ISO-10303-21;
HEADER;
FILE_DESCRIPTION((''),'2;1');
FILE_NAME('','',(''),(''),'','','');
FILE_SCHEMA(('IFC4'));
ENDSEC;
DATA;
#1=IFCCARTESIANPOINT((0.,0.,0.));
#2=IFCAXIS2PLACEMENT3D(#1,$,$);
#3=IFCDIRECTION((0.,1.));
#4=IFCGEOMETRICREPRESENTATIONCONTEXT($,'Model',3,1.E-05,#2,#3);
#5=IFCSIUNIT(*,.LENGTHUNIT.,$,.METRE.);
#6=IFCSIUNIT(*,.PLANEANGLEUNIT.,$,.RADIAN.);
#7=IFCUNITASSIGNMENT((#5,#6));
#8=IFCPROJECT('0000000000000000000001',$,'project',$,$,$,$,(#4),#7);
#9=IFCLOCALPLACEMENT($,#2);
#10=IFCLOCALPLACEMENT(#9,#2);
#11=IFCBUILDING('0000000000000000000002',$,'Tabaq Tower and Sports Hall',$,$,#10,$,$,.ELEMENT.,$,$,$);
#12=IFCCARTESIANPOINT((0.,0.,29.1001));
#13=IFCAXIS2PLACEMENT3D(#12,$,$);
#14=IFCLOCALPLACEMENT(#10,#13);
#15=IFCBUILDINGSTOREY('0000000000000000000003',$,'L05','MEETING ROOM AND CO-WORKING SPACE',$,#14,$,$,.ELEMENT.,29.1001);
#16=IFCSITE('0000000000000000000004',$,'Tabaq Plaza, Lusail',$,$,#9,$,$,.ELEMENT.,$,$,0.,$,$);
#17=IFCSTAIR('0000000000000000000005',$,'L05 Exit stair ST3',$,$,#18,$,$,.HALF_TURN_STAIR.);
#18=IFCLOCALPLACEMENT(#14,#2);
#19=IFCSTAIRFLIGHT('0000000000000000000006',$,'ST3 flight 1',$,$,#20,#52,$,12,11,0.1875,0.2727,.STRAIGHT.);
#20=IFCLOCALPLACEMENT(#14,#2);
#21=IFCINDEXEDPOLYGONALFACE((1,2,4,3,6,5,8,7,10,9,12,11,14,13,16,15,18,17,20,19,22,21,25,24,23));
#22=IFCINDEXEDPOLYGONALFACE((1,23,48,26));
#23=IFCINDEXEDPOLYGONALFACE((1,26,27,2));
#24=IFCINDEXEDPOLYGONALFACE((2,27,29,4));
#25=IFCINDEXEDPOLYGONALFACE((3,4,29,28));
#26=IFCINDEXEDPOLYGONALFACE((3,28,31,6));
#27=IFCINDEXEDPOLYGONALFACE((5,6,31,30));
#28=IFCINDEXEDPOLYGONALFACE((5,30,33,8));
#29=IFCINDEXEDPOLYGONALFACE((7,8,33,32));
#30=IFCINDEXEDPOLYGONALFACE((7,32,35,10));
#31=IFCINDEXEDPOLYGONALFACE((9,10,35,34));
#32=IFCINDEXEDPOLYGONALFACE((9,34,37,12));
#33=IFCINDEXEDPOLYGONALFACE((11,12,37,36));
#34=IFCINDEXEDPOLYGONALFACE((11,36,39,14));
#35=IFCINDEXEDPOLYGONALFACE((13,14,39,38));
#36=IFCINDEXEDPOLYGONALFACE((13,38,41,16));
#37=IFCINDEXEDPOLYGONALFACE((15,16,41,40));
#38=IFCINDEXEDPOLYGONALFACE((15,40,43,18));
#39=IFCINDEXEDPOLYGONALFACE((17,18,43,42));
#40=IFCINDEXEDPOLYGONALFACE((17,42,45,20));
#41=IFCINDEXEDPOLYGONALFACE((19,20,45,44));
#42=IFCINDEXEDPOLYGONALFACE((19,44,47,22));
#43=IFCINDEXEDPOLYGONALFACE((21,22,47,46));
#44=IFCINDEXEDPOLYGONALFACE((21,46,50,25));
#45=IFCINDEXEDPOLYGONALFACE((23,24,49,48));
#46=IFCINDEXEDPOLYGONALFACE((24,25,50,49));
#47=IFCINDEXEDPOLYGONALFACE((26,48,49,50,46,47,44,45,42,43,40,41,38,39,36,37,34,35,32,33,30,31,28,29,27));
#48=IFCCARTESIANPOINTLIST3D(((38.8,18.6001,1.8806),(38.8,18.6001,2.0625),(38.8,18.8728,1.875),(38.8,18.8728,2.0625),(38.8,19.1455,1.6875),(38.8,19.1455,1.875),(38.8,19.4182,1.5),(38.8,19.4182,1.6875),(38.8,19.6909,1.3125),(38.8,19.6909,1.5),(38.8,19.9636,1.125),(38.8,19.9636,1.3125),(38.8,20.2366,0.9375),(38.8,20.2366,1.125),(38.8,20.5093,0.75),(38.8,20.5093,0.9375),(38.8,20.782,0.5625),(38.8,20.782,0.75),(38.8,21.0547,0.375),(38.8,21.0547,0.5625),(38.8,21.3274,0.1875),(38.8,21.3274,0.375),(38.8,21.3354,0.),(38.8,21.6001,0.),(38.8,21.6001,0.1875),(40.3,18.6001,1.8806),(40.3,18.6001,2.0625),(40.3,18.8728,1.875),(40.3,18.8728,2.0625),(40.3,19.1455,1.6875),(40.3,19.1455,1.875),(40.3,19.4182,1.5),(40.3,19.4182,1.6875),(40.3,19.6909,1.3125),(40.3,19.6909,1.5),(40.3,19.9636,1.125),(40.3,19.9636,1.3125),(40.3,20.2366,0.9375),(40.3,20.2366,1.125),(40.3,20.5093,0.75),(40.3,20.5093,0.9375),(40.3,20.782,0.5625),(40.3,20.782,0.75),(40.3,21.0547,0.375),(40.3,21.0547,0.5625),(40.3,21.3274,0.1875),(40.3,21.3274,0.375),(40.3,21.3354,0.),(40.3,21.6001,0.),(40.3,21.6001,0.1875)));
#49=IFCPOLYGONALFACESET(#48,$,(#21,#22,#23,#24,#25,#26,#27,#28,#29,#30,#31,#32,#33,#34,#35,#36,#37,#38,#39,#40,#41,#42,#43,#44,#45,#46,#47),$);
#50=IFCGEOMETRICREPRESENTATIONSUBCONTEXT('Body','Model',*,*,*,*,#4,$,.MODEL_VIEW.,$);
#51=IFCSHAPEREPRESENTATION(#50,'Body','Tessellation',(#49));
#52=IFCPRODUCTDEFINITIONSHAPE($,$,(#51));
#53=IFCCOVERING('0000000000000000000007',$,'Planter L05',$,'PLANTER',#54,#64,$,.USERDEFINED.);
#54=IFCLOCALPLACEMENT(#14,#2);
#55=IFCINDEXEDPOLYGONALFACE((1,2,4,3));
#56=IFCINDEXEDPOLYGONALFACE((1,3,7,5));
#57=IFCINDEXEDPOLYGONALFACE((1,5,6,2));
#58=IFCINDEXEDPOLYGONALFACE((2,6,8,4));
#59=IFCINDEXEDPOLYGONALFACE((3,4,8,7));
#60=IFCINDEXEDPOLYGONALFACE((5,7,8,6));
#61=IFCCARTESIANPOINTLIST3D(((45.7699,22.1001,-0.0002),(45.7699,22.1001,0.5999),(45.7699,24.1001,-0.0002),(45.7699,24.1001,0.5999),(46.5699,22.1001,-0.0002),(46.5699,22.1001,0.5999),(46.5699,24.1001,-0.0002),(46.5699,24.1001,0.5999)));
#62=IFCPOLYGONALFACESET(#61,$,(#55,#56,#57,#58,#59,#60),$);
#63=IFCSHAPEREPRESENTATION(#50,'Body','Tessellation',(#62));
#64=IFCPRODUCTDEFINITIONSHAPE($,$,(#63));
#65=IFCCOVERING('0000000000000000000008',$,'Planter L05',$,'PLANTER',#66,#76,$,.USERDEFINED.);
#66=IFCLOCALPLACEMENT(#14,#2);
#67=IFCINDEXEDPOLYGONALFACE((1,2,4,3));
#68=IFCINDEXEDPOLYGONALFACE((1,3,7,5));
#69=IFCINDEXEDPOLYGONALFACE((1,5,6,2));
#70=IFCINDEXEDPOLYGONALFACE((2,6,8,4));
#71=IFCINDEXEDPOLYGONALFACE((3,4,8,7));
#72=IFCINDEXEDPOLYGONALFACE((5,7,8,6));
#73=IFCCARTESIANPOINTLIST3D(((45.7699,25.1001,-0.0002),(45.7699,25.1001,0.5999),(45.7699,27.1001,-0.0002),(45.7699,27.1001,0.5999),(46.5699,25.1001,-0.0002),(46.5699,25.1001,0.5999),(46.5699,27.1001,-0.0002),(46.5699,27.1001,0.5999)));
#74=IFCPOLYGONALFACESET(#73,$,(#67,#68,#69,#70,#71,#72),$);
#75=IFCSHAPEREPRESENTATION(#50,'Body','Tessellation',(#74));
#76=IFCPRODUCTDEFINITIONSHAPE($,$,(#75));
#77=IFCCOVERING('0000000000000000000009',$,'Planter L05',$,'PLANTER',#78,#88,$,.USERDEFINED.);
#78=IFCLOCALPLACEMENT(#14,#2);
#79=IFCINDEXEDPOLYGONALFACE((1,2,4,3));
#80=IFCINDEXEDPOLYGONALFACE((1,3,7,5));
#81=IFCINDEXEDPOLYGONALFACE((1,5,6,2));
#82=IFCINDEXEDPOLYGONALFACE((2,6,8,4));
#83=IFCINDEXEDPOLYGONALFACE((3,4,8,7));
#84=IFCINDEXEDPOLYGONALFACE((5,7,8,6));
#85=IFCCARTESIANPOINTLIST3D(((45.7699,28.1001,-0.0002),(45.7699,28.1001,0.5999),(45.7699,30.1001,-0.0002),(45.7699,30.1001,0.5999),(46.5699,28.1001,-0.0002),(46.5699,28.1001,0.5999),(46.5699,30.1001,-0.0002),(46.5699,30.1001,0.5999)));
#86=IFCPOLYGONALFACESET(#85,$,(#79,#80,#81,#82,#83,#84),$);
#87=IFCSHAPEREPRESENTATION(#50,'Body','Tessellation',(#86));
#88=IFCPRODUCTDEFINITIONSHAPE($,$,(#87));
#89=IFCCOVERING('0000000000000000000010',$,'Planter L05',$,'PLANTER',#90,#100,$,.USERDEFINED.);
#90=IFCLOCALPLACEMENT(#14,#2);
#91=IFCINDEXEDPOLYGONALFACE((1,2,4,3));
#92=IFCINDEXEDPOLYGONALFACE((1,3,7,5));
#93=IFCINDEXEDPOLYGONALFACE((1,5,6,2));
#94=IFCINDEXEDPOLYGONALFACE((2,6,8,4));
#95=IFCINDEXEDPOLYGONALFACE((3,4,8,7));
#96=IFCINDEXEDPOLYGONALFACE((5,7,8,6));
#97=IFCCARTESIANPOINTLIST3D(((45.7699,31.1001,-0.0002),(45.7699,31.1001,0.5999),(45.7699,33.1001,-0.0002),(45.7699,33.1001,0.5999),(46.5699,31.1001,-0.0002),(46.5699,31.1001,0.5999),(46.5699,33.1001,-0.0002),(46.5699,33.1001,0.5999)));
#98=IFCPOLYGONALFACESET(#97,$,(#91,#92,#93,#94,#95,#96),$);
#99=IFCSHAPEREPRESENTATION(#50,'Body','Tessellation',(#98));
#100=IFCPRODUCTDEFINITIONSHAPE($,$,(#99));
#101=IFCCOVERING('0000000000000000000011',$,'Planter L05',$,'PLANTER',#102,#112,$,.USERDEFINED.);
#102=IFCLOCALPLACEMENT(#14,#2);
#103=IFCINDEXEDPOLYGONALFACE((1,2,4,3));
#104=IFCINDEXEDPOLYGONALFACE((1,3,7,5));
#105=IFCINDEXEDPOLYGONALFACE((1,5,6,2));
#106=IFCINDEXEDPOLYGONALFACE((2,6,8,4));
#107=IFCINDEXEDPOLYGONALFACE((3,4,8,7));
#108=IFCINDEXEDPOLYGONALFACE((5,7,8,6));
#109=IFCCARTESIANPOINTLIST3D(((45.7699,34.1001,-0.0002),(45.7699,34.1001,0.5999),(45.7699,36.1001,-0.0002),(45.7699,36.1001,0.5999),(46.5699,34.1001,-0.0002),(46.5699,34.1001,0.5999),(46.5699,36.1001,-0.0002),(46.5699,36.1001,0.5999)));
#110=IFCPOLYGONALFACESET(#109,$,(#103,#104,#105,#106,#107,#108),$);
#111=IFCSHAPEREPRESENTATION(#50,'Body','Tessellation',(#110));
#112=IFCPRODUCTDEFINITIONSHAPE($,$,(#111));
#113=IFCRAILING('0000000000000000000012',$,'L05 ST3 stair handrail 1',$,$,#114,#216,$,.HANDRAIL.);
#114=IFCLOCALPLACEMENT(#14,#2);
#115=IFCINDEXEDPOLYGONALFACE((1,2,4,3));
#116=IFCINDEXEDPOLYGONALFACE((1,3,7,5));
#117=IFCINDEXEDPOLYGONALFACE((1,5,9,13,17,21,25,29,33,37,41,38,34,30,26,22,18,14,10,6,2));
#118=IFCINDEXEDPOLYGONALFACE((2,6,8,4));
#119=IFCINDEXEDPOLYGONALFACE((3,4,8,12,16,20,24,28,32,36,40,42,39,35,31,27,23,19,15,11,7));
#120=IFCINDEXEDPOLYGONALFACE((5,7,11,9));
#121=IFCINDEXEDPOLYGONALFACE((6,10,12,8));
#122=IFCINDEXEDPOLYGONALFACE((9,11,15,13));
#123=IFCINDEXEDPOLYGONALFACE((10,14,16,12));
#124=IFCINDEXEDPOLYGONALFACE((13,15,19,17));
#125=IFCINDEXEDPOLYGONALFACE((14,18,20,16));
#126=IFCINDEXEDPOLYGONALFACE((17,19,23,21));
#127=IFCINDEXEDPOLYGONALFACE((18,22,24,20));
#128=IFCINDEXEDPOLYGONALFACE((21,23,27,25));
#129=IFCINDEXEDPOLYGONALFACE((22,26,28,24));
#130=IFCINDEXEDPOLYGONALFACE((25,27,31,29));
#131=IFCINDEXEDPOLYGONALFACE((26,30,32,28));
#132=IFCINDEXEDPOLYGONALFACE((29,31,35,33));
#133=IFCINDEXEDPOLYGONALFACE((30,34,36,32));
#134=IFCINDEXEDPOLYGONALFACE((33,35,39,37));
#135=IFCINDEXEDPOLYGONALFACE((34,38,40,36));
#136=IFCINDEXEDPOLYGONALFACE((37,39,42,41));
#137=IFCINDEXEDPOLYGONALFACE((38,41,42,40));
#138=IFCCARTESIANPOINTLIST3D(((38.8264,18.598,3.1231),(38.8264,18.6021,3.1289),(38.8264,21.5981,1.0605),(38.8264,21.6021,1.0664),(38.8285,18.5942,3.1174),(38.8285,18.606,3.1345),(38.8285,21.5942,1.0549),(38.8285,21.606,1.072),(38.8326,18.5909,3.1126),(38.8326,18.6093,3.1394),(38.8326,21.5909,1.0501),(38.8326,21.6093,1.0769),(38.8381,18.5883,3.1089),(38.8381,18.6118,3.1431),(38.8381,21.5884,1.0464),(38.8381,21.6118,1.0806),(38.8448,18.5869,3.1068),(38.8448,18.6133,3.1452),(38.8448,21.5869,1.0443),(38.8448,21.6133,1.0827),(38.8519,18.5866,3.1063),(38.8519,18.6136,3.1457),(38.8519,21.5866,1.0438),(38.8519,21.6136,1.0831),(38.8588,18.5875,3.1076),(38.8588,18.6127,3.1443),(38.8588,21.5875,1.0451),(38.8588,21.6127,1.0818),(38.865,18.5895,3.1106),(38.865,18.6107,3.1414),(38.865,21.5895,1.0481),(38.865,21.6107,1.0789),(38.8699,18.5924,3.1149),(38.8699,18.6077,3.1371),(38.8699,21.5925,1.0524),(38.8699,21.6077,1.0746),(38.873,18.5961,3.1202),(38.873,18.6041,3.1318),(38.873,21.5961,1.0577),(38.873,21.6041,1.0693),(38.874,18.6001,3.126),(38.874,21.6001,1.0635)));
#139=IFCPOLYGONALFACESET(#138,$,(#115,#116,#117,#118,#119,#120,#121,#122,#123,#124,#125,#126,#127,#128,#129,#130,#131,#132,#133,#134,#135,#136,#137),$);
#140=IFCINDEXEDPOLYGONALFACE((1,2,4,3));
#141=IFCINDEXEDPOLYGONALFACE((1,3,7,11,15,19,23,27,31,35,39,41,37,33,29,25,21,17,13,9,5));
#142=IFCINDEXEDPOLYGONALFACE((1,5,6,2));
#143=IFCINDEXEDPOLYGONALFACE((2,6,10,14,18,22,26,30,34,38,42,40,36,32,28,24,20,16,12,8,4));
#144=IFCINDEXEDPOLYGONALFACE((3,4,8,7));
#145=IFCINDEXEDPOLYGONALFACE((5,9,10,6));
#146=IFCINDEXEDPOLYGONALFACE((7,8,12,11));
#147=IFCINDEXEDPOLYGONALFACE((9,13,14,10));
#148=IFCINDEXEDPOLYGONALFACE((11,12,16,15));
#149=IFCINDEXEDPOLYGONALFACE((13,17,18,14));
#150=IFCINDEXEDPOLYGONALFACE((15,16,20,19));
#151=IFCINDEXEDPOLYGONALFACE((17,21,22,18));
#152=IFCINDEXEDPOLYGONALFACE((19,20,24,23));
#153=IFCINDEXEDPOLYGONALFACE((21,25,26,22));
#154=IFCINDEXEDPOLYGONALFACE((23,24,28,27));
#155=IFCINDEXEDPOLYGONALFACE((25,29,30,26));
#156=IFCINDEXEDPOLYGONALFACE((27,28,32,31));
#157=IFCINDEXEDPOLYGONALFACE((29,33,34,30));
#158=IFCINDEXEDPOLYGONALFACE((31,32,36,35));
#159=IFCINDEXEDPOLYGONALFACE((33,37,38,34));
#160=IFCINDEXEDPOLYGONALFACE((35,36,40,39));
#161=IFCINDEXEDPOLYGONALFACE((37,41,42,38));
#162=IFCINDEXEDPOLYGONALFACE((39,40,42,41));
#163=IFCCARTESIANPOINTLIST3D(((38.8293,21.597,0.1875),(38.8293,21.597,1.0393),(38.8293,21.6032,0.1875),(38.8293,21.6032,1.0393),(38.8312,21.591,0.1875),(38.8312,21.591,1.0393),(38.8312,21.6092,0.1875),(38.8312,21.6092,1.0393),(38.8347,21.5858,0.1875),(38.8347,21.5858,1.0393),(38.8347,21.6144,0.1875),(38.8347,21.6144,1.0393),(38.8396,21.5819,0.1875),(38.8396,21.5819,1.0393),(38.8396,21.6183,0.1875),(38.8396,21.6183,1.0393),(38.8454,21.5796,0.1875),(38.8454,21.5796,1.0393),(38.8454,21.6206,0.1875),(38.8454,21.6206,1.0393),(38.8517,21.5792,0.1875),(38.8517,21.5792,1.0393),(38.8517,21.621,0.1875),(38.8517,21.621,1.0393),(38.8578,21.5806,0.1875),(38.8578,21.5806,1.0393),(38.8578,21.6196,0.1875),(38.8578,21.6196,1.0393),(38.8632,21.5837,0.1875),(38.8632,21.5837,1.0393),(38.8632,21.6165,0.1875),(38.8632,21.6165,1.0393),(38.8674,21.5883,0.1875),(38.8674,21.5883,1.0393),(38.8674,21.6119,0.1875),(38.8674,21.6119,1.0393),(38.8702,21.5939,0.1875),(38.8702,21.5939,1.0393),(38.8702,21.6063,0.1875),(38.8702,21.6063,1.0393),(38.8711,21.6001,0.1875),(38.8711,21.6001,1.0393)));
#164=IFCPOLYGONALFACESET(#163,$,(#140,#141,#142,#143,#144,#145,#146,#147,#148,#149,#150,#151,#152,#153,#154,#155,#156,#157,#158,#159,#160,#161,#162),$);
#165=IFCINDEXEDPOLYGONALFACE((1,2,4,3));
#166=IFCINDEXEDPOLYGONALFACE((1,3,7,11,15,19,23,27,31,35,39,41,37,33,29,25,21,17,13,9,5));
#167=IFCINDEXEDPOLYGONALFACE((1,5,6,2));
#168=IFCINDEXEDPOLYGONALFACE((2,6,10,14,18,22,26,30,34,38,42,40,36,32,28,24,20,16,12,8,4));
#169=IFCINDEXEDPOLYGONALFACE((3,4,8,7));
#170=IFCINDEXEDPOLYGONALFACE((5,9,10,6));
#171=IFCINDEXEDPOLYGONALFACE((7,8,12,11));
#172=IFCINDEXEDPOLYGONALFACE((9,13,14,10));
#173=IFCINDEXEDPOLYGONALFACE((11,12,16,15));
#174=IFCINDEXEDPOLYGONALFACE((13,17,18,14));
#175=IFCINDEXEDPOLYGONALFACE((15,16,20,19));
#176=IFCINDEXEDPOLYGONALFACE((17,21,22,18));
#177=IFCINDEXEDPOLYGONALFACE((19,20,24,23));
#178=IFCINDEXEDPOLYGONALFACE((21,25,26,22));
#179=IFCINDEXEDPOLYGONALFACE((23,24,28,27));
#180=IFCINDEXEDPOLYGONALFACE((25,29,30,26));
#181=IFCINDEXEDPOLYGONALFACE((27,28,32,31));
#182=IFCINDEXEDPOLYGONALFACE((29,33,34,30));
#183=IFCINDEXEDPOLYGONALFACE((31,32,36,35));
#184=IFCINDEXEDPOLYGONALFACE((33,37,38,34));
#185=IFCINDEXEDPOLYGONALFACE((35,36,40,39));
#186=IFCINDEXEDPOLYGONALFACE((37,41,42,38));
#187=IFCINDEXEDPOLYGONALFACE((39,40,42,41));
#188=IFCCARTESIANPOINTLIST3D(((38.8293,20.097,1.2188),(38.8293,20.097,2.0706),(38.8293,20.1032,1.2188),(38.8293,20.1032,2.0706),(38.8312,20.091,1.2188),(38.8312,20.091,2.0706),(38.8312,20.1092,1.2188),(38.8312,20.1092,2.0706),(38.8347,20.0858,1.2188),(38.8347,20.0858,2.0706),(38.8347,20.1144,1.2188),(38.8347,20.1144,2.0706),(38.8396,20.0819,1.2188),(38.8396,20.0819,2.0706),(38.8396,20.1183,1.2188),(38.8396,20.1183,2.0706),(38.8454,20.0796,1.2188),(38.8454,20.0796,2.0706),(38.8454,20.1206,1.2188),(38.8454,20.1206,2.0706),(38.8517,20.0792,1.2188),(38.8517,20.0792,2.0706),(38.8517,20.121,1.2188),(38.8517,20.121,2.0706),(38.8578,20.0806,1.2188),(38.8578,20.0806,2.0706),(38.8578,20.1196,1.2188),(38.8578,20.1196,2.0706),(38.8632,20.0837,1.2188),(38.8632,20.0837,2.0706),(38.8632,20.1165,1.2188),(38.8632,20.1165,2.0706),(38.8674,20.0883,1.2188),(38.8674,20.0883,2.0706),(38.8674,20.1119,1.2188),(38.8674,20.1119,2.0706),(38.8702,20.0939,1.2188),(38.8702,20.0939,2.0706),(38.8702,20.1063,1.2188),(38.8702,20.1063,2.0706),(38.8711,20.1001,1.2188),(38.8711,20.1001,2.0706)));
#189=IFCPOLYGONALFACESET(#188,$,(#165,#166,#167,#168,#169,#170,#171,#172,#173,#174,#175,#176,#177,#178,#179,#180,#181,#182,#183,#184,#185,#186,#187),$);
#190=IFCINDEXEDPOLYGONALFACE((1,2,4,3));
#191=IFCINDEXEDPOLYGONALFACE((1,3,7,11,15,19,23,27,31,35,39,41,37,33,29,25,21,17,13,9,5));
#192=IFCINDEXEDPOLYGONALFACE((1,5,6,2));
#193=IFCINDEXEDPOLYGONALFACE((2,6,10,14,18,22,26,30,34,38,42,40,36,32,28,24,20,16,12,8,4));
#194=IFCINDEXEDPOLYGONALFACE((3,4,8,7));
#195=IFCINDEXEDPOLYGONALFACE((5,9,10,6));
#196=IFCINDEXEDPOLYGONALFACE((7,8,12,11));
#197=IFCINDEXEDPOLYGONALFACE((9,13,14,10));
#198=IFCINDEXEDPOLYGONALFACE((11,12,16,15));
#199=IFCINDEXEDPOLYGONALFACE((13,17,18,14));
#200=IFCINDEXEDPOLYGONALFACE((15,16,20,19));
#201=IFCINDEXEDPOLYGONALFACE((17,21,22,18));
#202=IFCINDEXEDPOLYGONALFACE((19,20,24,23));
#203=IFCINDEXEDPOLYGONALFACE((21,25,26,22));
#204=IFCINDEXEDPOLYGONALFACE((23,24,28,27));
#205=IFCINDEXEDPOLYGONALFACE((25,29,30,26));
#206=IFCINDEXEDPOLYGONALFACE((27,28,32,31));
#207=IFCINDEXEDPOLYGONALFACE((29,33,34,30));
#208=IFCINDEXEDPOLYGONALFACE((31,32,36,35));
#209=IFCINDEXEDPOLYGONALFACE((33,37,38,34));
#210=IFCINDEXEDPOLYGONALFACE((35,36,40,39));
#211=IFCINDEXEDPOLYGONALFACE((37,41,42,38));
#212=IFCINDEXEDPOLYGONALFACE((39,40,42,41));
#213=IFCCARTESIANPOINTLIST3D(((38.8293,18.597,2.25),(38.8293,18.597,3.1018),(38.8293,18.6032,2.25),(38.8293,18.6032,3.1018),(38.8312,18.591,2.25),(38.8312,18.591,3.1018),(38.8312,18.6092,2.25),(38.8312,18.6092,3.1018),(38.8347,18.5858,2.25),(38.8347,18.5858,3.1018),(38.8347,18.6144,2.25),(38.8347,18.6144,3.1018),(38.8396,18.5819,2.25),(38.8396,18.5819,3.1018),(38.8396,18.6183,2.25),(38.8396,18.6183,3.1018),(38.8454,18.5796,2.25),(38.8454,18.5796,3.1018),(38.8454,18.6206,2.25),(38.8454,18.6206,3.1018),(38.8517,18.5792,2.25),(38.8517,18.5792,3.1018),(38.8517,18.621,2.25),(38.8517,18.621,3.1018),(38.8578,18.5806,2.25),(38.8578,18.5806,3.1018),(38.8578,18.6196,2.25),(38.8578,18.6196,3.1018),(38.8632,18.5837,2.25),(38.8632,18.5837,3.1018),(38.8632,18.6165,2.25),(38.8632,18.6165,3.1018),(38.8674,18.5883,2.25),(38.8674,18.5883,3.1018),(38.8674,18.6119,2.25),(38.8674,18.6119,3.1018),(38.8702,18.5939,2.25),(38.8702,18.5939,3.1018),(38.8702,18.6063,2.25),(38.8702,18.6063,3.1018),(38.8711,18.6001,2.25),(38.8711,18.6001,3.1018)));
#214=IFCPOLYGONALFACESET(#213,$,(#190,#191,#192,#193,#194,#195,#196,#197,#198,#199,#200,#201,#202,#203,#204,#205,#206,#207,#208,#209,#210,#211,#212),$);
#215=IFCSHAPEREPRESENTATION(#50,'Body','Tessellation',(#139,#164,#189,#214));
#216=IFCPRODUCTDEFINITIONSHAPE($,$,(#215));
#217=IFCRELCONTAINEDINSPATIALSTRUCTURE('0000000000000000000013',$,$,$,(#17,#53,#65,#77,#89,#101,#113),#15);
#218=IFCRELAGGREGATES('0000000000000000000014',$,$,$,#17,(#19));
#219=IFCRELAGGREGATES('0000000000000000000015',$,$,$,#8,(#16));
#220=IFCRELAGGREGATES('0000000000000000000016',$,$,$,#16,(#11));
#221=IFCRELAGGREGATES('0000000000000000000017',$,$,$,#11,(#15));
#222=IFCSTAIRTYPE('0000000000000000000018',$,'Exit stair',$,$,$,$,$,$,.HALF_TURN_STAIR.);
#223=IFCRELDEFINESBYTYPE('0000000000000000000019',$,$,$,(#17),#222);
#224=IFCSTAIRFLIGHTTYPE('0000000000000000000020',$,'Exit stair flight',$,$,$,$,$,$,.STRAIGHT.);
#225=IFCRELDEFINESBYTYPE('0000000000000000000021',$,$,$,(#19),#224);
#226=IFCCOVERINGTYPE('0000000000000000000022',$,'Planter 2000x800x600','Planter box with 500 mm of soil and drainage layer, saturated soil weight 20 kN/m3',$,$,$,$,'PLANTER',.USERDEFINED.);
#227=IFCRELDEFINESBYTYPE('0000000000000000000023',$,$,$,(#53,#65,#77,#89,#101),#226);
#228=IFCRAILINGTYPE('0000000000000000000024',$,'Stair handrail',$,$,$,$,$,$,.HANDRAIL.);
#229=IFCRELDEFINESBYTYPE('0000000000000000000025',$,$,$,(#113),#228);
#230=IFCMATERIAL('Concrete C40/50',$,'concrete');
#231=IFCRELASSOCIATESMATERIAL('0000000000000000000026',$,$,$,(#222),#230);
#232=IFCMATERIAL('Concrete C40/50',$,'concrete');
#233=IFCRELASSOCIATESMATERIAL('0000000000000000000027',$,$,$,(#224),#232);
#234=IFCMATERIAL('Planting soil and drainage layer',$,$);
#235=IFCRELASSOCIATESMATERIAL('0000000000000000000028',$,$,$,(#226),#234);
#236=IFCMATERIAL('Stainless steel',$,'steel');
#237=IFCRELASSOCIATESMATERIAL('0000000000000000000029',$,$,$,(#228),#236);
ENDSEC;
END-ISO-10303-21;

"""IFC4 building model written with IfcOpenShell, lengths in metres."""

from ifc_helpers import new_model, si_unit, direction, frame, origin, origin_2d, place, context, subcontext, project, spatial, polyline, rectangle, circle, outline, extrude, material, type_object, element, aggregate, save


model = new_model("IFC4")

# Units and contexts
model_context = context("Model", 3, precision=1e-05, world=origin(), true_north=direction((0.0, 1.0)))
body_context = subcontext(model_context, "Body", "Model", "MODEL_VIEW")
ifc_project = project(units=[si_unit("LENGTHUNIT", "METRE"), si_unit("PLANEANGLEUNIT", "RADIAN")], contexts=[model_context])

# Site, building, storey
site_placement = place(None, origin())
site = spatial("IfcSite", under=ifc_project, at=site_placement, Name="Tabaq Plaza, Lusail", CompositionType="ELEMENT", RefElevation=0.0)
building_placement = place(site_placement, origin())
building = spatial("IfcBuilding", under=site, at=building_placement, Name="Tabaq Tower and Sports Hall", CompositionType="ELEMENT")
storey_placement = place(building_placement, frame((0.0, 0.0, 29.1001)))
storey = spatial("IfcBuildingStorey", under=building, at=storey_placement, Name="L05", Description="MEETING ROOM AND CO-WORKING SPACE", CompositionType="ELEMENT", Elevation=29.1001)

# Stair, stair flight
ifc_material_1 = material(Name="Concrete C40/50", Category="concrete")
stair_type = type_object("IfcStairType", Name="Exit stair", PredefinedType="HALF_TURN_STAIR", material=ifc_material_1)
stair_placement = place(storey_placement, origin())
stair = element("IfcStair", 1, at=stair_placement, inside=storey, type_object=stair_type, Name="L05 Exit stair ST3", PredefinedType="HALF_TURN_STAIR")
ifc_material_2 = material(Name="Concrete C40/50", Category="concrete")
stair_flight_type = type_object("IfcStairFlightType", Name="Exit stair flight", PredefinedType="STRAIGHT", material=ifc_material_2)
stair_flight_placement = place(storey_placement, frame((39.55, 21.6001, 0.0), z_axis=(0.0, 0.0, 1.0), x_axis=(0.0, -1.0, 0.0)))
stair_flight = element("IfcStairFlight", 2, at=stair_flight_placement, type_object=stair_flight_type, Name="ST3 flight 1", NumberOfRisers=12, NumberOfTreads=11, PredefinedType="STRAIGHT", RiserHeight=0.1875, TreadLength=0.2727, context=body_context, shape_type="SweptSolid", body=[
    extrude(outline(polyline([(0.0, 0.0), (0.0, 0.1875), (0.2727, 0.1875), (0.2727, 0.375), (0.5454, 0.375), (0.5454, 0.5625), (0.8181, 0.5625), (0.8181, 0.75), (1.0908, 0.75), (1.0908, 0.9375), (1.3635, 0.9375), (1.3635, 1.125), (1.6365, 1.125), (1.6365, 1.3125), (1.9092, 1.3125), (1.9092, 1.5), (2.1819, 1.5), (2.1819, 1.6875), (2.4546, 1.6875), (2.4546, 1.875), (2.7273, 1.875), (2.7273, 2.0625), (3.0, 2.0625), (3.0, 2.25), (3.0, 1.8806), (0.2646, 0.0), (0.0, 0.0)])), frame((0.0, 0.75, 0.0), z_axis=(0.0, -1.0, 0.0), x_axis=(1.0, 0.0, 0.0)), (0.0, 0.0, 1.0), 1.5),
])
aggregate(stair, [stair_flight])

# Coverings
ifc_material_3 = material(Name="Planting soil and drainage layer")
covering_type = type_object("IfcCoveringType", Name="Planter 2000x800x600", Description="Planter box with 500 mm of soil and drainage layer, saturated soil weight 20 kN/m3", ElementType="PLANTER", PredefinedType="USERDEFINED", material=ifc_material_3)
for number, where, z_axis, x_axis, name in (
    (3, (46.1699, 23.1001, -0.0002), (0.0, 0.0, 1.0), (0.0, 1.0, 0.0), "Planter L05"),
    (4, (46.1699, 26.1001, -0.0002), (0.0, 0.0, 1.0), (0.0, 1.0, 0.0), "Planter L05"),
    (5, (46.1699, 29.1001, -0.0002), (0.0, 0.0, 1.0), (0.0, 1.0, 0.0), "Planter L05"),
    (6, (46.1699, 32.1001, -0.0002), (0.0, 0.0, 1.0), (0.0, 1.0, 0.0), "Planter L05"),
    (7, (46.1699, 35.1001, -0.0002), (0.0, 0.0, 1.0), (0.0, 1.0, 0.0), "Planter L05"),
):
    element("IfcCovering", number, at=place(storey_placement, frame(where, z_axis=z_axis, x_axis=x_axis)), inside=storey, type_object=covering_type, Name=name, ObjectType="PLANTER", PredefinedType="USERDEFINED", context=body_context, shape_type="SweptSolid", body=[
        extrude(rectangle(XDim=2.0, YDim=0.8, at=origin_2d()), origin(), (0.0, 0.0, 1.0), 0.6001),
    ])

# Railing
ifc_material_4 = material(Name="Stainless steel", Category="steel")
railing_type_1 = type_object("IfcRailingType", Name="Stair handrail", PredefinedType="HANDRAIL", material=ifc_material_4)
railing_1_placement = place(storey_placement, frame((38.8501, 21.6001, 0.1875)))
element("IfcRailing", 8, at=railing_1_placement, inside=storey, type_object=railing_type_1, Name="L05 ST3 stair handrail 1", PredefinedType="HANDRAIL", context=body_context, shape_type="SweptSolid", body=[
    extrude(circle(Radius=0.0239, at=origin_2d()), frame((0.0, 0.0, 0.876), z_axis=(0.0, -0.824042, 0.566529), x_axis=(1.0, 0.0, 0.0)), (0.0, 0.0, 1.0), 3.6406),
    extrude(circle(Radius=0.021, at=origin_2d()), origin(), (0.0, 0.0, 1.0), 0.8518),
    extrude(circle(Radius=0.021, at=origin_2d()), frame((0.0, -1.5, 1.0312)), (0.0, 0.0, 1.0), 0.8518),
    extrude(circle(Radius=0.021, at=origin_2d()), frame((0.0, -3.0, 2.0625)), (0.0, 0.0, 1.0), 0.8518),
])

save(model, "model.ifc")
